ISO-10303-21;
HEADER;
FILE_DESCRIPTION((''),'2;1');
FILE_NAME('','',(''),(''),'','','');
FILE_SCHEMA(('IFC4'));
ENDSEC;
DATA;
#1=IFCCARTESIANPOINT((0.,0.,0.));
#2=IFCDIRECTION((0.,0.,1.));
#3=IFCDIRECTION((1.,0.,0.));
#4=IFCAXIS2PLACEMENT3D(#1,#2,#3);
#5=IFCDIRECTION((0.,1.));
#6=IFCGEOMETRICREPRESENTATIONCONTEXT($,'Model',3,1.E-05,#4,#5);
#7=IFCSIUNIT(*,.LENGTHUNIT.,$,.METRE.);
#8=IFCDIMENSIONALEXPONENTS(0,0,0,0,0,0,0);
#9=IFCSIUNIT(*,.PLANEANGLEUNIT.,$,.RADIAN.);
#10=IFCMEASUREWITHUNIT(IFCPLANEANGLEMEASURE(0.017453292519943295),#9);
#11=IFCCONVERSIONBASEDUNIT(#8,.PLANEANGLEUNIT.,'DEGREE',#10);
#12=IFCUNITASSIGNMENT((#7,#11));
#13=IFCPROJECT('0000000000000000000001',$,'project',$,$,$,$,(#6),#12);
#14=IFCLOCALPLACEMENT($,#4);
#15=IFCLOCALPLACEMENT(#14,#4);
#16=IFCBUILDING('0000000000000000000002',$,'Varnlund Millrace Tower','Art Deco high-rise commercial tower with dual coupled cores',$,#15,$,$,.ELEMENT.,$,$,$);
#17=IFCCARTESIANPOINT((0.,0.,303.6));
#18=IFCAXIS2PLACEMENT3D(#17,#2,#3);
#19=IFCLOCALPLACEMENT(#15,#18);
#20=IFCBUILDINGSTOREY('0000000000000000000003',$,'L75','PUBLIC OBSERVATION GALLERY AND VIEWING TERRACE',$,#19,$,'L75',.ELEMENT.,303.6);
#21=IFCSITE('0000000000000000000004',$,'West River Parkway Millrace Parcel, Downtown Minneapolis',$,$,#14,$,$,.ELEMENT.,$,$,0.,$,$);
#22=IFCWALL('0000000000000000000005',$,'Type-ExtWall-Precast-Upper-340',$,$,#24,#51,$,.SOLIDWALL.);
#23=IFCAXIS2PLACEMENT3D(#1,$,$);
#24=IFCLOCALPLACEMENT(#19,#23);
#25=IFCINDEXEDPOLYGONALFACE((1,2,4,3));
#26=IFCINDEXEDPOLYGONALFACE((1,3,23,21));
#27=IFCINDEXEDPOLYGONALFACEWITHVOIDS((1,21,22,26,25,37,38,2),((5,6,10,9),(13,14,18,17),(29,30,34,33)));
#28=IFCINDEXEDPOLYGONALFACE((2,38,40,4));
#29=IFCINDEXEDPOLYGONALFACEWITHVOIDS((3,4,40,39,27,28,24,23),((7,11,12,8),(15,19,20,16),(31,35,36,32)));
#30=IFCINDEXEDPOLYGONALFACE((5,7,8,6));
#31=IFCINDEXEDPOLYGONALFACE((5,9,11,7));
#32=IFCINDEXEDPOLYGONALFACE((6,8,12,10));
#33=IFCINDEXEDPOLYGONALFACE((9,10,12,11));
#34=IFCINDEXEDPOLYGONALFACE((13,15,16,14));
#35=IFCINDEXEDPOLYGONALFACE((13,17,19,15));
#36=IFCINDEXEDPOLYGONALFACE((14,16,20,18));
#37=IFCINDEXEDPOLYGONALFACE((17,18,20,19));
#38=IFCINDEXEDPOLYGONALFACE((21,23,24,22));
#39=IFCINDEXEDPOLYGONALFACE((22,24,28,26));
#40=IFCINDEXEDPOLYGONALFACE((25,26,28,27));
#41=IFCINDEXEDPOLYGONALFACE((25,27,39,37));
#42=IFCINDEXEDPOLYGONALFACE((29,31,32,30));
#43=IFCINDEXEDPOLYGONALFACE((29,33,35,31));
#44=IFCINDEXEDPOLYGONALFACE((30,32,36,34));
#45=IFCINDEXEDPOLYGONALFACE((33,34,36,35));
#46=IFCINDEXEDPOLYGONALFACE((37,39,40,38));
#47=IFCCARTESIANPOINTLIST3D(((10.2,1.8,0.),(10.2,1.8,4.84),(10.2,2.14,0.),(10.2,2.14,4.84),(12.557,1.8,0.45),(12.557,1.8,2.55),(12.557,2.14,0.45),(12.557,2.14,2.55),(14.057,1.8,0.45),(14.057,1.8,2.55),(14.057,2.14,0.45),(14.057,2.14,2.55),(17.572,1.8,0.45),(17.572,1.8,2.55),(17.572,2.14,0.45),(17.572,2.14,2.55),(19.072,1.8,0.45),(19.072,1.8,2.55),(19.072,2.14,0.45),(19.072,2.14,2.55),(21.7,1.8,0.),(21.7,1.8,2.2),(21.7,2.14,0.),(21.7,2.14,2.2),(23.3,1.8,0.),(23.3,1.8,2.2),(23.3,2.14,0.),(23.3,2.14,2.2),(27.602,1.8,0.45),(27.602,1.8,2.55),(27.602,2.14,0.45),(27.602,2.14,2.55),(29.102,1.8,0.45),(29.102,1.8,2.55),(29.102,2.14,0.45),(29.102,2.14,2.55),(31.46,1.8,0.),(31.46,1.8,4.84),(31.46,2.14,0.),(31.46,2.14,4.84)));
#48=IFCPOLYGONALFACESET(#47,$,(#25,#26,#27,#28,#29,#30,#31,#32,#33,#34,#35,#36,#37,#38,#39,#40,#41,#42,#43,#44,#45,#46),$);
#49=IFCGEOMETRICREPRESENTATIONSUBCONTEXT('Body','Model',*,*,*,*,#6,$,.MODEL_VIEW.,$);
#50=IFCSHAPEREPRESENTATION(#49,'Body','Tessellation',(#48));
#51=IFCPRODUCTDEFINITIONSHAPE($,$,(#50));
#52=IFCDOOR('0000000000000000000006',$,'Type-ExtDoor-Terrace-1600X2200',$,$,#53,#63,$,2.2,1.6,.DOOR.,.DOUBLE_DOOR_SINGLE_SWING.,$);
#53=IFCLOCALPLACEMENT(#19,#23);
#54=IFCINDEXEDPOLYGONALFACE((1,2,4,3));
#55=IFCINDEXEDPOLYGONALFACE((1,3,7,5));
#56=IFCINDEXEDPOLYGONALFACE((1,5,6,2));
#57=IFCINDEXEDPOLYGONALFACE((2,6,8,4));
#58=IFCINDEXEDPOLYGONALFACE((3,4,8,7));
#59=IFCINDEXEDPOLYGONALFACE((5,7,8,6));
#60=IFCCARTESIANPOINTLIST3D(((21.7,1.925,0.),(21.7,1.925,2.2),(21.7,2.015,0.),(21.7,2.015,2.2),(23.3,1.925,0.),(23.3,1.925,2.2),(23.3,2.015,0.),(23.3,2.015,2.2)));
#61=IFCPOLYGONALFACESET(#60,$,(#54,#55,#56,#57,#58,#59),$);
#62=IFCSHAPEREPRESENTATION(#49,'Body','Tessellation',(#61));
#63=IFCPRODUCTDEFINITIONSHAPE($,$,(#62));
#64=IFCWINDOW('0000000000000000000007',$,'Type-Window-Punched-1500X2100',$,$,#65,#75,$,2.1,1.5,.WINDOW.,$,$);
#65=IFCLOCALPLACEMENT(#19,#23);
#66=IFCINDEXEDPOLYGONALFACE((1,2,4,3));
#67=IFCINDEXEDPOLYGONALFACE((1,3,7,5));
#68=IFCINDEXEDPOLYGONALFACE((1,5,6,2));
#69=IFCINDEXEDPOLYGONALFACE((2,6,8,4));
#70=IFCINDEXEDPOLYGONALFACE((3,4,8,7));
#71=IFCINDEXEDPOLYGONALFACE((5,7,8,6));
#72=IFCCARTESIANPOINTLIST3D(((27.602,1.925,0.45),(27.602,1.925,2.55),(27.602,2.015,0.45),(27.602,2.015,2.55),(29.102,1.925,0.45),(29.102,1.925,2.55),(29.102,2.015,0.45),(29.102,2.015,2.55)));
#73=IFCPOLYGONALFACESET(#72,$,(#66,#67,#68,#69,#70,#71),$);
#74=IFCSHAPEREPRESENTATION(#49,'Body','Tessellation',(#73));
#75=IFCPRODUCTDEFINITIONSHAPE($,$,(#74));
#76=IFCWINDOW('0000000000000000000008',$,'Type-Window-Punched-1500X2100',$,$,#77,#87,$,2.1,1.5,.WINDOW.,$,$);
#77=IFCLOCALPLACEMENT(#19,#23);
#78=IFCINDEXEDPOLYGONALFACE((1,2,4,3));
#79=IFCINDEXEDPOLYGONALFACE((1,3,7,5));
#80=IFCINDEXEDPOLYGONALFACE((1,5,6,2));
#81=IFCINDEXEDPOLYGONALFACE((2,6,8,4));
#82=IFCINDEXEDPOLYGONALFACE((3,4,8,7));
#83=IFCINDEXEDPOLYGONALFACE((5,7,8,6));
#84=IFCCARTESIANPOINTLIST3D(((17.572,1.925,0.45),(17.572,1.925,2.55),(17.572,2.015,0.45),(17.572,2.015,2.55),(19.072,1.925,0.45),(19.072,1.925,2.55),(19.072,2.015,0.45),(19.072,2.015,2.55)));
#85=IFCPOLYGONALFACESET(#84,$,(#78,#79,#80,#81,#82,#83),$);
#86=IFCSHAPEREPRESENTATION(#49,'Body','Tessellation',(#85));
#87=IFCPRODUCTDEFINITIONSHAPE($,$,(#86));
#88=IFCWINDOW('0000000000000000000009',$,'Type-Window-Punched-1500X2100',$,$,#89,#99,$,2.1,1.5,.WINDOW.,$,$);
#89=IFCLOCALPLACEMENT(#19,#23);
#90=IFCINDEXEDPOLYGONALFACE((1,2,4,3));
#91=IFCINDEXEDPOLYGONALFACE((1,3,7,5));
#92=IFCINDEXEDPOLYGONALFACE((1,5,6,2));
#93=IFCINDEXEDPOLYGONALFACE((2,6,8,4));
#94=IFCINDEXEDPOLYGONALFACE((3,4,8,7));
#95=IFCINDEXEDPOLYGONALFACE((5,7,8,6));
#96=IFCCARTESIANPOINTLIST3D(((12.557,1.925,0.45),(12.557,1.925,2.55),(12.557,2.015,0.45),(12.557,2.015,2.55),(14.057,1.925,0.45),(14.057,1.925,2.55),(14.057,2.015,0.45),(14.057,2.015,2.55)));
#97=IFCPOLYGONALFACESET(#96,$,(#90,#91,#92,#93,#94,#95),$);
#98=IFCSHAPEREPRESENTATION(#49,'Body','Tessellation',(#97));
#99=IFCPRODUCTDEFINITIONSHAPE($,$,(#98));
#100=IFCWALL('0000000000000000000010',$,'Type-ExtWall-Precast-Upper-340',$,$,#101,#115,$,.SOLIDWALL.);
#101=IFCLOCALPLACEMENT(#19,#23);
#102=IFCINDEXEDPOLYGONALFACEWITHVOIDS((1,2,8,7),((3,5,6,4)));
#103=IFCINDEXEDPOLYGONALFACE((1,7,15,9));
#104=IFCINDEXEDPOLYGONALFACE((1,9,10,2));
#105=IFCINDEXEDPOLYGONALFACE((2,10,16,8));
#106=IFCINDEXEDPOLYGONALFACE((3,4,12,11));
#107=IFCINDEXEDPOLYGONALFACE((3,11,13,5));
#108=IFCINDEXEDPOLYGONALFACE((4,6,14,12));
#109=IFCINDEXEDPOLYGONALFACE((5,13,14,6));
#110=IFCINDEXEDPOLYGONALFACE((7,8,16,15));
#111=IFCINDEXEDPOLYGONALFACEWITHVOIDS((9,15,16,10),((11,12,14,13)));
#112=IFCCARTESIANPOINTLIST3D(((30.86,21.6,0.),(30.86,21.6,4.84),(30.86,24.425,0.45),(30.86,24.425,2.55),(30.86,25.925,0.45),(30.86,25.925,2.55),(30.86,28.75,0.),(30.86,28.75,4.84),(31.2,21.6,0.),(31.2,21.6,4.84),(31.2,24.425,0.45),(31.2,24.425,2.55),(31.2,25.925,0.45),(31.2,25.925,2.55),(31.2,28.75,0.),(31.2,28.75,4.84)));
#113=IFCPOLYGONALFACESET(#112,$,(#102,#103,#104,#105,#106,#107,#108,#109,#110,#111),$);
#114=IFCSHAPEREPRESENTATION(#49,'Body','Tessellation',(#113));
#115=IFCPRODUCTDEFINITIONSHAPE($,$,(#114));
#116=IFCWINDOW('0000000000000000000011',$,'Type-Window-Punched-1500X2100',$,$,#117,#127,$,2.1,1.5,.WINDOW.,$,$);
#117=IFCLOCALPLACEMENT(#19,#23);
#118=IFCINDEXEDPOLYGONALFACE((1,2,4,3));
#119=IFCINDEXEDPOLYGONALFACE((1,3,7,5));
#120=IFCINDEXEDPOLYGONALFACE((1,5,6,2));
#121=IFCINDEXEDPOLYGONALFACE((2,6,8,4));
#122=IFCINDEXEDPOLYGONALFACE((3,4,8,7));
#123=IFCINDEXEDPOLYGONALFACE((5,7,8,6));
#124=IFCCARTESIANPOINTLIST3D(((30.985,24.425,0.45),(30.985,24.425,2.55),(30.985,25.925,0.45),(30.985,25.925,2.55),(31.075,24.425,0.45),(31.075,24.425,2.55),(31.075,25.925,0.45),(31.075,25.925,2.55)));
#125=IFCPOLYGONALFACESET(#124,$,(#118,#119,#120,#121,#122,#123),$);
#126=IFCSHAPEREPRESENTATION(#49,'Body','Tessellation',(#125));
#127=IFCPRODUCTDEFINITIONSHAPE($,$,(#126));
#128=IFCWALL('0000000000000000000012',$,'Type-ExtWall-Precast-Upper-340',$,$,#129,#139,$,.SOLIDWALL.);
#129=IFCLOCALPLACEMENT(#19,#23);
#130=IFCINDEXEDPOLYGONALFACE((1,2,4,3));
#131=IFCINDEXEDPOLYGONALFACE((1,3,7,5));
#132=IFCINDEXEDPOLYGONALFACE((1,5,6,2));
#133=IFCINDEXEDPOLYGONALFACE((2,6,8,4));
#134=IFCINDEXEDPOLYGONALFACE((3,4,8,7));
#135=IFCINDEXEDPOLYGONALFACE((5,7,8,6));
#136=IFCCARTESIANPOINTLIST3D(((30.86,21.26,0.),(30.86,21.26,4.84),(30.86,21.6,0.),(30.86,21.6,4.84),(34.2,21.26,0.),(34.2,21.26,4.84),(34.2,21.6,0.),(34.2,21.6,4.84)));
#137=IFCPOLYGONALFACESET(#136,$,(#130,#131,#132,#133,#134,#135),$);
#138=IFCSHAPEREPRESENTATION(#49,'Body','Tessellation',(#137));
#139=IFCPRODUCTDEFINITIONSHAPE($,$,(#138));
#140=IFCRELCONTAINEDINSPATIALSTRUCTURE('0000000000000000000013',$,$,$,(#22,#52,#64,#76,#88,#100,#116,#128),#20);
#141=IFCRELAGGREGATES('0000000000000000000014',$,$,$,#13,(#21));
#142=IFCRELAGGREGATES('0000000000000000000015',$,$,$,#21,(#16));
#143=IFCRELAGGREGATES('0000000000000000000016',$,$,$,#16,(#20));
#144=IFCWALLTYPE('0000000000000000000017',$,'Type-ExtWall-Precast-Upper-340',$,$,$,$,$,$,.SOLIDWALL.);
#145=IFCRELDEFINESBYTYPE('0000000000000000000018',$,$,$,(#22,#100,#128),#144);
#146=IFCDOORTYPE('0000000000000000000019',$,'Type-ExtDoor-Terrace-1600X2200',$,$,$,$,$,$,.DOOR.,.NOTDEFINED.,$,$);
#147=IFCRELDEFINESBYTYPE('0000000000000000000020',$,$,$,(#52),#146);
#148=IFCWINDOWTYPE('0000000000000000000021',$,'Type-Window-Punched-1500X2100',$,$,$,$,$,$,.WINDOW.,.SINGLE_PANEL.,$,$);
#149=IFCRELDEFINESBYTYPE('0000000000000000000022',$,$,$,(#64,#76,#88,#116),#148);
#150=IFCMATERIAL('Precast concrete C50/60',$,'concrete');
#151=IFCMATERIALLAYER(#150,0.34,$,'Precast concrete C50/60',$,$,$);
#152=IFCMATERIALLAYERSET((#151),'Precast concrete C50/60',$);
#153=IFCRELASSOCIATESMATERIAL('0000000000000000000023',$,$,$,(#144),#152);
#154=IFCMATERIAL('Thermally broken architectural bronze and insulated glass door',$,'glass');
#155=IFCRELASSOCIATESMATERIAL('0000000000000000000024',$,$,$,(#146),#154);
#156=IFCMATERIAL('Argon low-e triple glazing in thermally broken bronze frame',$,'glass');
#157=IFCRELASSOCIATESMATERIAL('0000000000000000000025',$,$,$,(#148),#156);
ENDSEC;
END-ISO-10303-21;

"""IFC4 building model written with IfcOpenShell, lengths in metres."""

from ifc_helpers import new_model, entity, si_unit, converted_unit, direction, frame, origin_with_axes, origin_2d_with_axis, place, context, subcontext, project, spatial, polyline, rectangle, outline, extrude, material, layer, layer_set, type_object, element, fill, save


model = new_model("IFC4")

# Units and contexts
model_context = context("Model", 3, precision=1e-05, world=origin_with_axes(), true_north=direction((0.0, 1.0)))
body_context = subcontext(model_context, "Body", "Model", "MODEL_VIEW")
ifc_project = project(units=[si_unit("LENGTHUNIT", "METRE"), converted_unit("PLANEANGLEUNIT", "DEGREE", entity("IfcPlaneAngleMeasure", 0.017453292519943295), si_unit("PLANEANGLEUNIT", "RADIAN"), dimensions=[0, 0, 0, 0, 0, 0, 0])], contexts=[model_context])

# Site, building, storey
site_placement = place(None, origin_with_axes())
site = spatial("IfcSite", under=ifc_project, at=site_placement, Name="West River Parkway Millrace Parcel, Downtown Minneapolis", CompositionType="ELEMENT", RefElevation=0.0)
building_placement = place(site_placement, origin_with_axes())
building = spatial("IfcBuilding", under=site, at=building_placement, Name="Varnlund Millrace Tower", Description="Art Deco high-rise commercial tower with dual coupled cores", CompositionType="ELEMENT")
storey_placement = place(building_placement, frame((0.0, 0.0, 303.6), z_axis=(0.0, 0.0, 1.0), x_axis=(1.0, 0.0, 0.0)))
storey = spatial("IfcBuildingStorey", under=building, at=storey_placement, Name="L75", Description="PUBLIC OBSERVATION GALLERY AND VIEWING TERRACE", LongName="L75", CompositionType="ELEMENT", Elevation=303.6)

# Shared definitions
ifc_material_1 = material(Name="Precast concrete C50/60", Category="concrete")
ifc_layer_1 = layer(ifc_material_1, 0.34, Name="Precast concrete C50/60")
ifc_layer_set_1 = layer_set([ifc_layer_1], Name="Precast concrete C50/60")
wall_type = type_object("IfcWallType", Name="Type-ExtWall-Precast-Upper-340", PredefinedType="SOLIDWALL", material=ifc_layer_set_1)

# Wall, openings, door, windows
wall_1_placement = place(storey_placement, frame((31.46, 1.97, 0.0), z_axis=(0.0, 0.0, 1.0), x_axis=(-1.0, 0.0, 0.0)))
wall_1 = element("IfcWall", 1, at=wall_1_placement, inside=storey, type_object=wall_type, Name="Type-ExtWall-Precast-Upper-340", PredefinedType="SOLIDWALL", context=body_context, shape_type="SweptSolid", body=[
    extrude(outline(polyline([(0.0, -0.17), (21.26, -0.17), (21.26, 0.17), (0.0, 0.17), (0.0, -0.17)])), origin_with_axes(), (0.0, 0.0, 1.0), 4.84),
])
opening_1_placement = place(wall_1_placement, frame((8.96, 0.0, 0.0), z_axis=(0.0, 0.0, 1.0), x_axis=(1.0, 0.0, 0.0)))
opening_1 = element("IfcOpeningElement", 2, at=opening_1_placement, cuts=wall_1, PredefinedType="OPENING", context=body_context, shape_type="SweptSolid", body=[
    extrude(rectangle(XDim=1.6, YDim=0.36, at=origin_2d_with_axis()), origin_with_axes(), (0.0, 0.0, 1.0), 2.2),
])
opening_2_placement = place(wall_1_placement, frame((3.108, 0.0, 0.45), z_axis=(0.0, 0.0, 1.0), x_axis=(1.0, 0.0, 0.0)))
opening_2 = element("IfcOpeningElement", 3, at=opening_2_placement, cuts=wall_1, PredefinedType="OPENING", context=body_context, shape_type="SweptSolid", body=[
    extrude(rectangle(XDim=1.5, YDim=0.36, at=origin_2d_with_axis()), origin_with_axes(), (0.0, 0.0, 1.0), 2.1),
])
opening_3_placement = place(wall_1_placement, frame((13.138, 0.0, 0.45), z_axis=(0.0, 0.0, 1.0), x_axis=(1.0, 0.0, 0.0)))
opening_3 = element("IfcOpeningElement", 4, at=opening_3_placement, cuts=wall_1, PredefinedType="OPENING", context=body_context, shape_type="SweptSolid", body=[
    extrude(rectangle(XDim=1.5, YDim=0.36, at=origin_2d_with_axis()), origin_with_axes(), (0.0, 0.0, 1.0), 2.1),
])
opening_4_placement = place(wall_1_placement, frame((18.153, 0.0, 0.45), z_axis=(0.0, 0.0, 1.0), x_axis=(1.0, 0.0, 0.0)))
opening_4 = element("IfcOpeningElement", 5, at=opening_4_placement, cuts=wall_1, PredefinedType="OPENING", context=body_context, shape_type="SweptSolid", body=[
    extrude(rectangle(XDim=1.5, YDim=0.36, at=origin_2d_with_axis()), origin_with_axes(), (0.0, 0.0, 1.0), 2.1),
])
ifc_material_2 = material(Name="Thermally broken architectural bronze and insulated glass door", Category="glass")
door_type = type_object("IfcDoorType", Name="Type-ExtDoor-Terrace-1600X2200", OperationType="NOTDEFINED", PredefinedType="DOOR", material=ifc_material_2)
door_placement = place(wall_1_placement, frame((8.96, 0.0, 0.0), z_axis=(0.0, 0.0, 1.0), x_axis=(1.0, 0.0, 0.0)))
door = element("IfcDoor", 6, at=door_placement, inside=storey, type_object=door_type, Name="Type-ExtDoor-Terrace-1600X2200", OperationType="DOUBLE_DOOR_SINGLE_SWING", OverallHeight=2.2, OverallWidth=1.6, PredefinedType="DOOR", context=body_context, shape_type="SweptSolid", body=[
    extrude(rectangle(XDim=1.6, YDim=0.09, at=origin_2d_with_axis()), origin_with_axes(), (0.0, 0.0, 1.0), 2.2),
])
fill(opening_1, door)
ifc_material_3 = material(Name="Argon low-e triple glazing in thermally broken bronze frame", Category="glass")
window_type = type_object("IfcWindowType", Name="Type-Window-Punched-1500X2100", PartitioningType="SINGLE_PANEL", PredefinedType="WINDOW", material=ifc_material_3)
window_1_placement = place(wall_1_placement, frame((3.108, 0.0, 0.45), z_axis=(0.0, 0.0, 1.0), x_axis=(1.0, 0.0, 0.0)))
window_1 = element("IfcWindow", 7, at=window_1_placement, inside=storey, type_object=window_type, Name="Type-Window-Punched-1500X2100", OverallHeight=2.1, OverallWidth=1.5, PredefinedType="WINDOW", context=body_context, shape_type="SweptSolid", body=[
    extrude(rectangle(XDim=1.5, YDim=0.09, at=origin_2d_with_axis()), origin_with_axes(), (0.0, 0.0, 1.0), 2.1),
])
fill(opening_2, window_1)
window_2_placement = place(wall_1_placement, frame((13.138, 0.0, 0.45), z_axis=(0.0, 0.0, 1.0), x_axis=(1.0, 0.0, 0.0)))
window_2 = element("IfcWindow", 8, at=window_2_placement, inside=storey, type_object=window_type, Name="Type-Window-Punched-1500X2100", OverallHeight=2.1, OverallWidth=1.5, PredefinedType="WINDOW", context=body_context, shape_type="SweptSolid", body=[
    extrude(rectangle(XDim=1.5, YDim=0.09, at=origin_2d_with_axis()), origin_with_axes(), (0.0, 0.0, 1.0), 2.1),
])
fill(opening_3, window_2)
window_3_placement = place(wall_1_placement, frame((18.153, 0.0, 0.45), z_axis=(0.0, 0.0, 1.0), x_axis=(1.0, 0.0, 0.0)))
window_3 = element("IfcWindow", 9, at=window_3_placement, inside=storey, type_object=window_type, Name="Type-Window-Punched-1500X2100", OverallHeight=2.1, OverallWidth=1.5, PredefinedType="WINDOW", context=body_context, shape_type="SweptSolid", body=[
    extrude(rectangle(XDim=1.5, YDim=0.09, at=origin_2d_with_axis()), origin_with_axes(), (0.0, 0.0, 1.0), 2.1),
])
fill(opening_4, window_3)

# Wall, opening, window
wall_2_placement = place(storey_placement, frame((31.03, 28.75, 0.0), z_axis=(0.0, 0.0, 1.0), x_axis=(0.0, -1.0, 0.0)))
wall_2 = element("IfcWall", 10, at=wall_2_placement, inside=storey, type_object=wall_type, Name="Type-ExtWall-Precast-Upper-340", PredefinedType="SOLIDWALL", context=body_context, shape_type="SweptSolid", body=[
    extrude(outline(polyline([(0.0, -0.17), (7.15, -0.17), (7.15, 0.17), (0.0, 0.17), (0.0, -0.17)])), origin_with_axes(), (0.0, 0.0, 1.0), 4.84),
])
opening_5_placement = place(wall_2_placement, frame((3.575, 0.0, 0.45), z_axis=(0.0, 0.0, 1.0), x_axis=(1.0, 0.0, 0.0)))
opening_5 = element("IfcOpeningElement", 11, at=opening_5_placement, cuts=wall_2, PredefinedType="OPENING", context=body_context, shape_type="SweptSolid", body=[
    extrude(rectangle(XDim=1.5, YDim=0.36, at=origin_2d_with_axis()), origin_with_axes(), (0.0, 0.0, 1.0), 2.1),
])
window_4_placement = place(wall_2_placement, frame((3.575, 0.0, 0.45), z_axis=(0.0, 0.0, 1.0), x_axis=(1.0, 0.0, 0.0)))
window_4 = element("IfcWindow", 12, at=window_4_placement, inside=storey, type_object=window_type, Name="Type-Window-Punched-1500X2100", OverallHeight=2.1, OverallWidth=1.5, PredefinedType="WINDOW", context=body_context, shape_type="SweptSolid", body=[
    extrude(rectangle(XDim=1.5, YDim=0.09, at=origin_2d_with_axis()), origin_with_axes(), (0.0, 0.0, 1.0), 2.1),
])
fill(opening_5, window_4)

# Wall
wall_3_placement = place(storey_placement, frame((30.86, 21.43, 0.0), z_axis=(0.0, 0.0, 1.0), x_axis=(1.0, 0.0, 0.0)))
element("IfcWall", 13, at=wall_3_placement, inside=storey, type_object=wall_type, Name="Type-ExtWall-Precast-Upper-340", PredefinedType="SOLIDWALL", context=body_context, shape_type="SweptSolid", body=[
    extrude(outline(polyline([(0.0, -0.17), (3.34, -0.17), (3.34, 0.17), (0.0, 0.17), (0.0, -0.17)])), origin_with_axes(), (0.0, 0.0, 1.0), 4.84),
])

save(model, "model.ifc")
